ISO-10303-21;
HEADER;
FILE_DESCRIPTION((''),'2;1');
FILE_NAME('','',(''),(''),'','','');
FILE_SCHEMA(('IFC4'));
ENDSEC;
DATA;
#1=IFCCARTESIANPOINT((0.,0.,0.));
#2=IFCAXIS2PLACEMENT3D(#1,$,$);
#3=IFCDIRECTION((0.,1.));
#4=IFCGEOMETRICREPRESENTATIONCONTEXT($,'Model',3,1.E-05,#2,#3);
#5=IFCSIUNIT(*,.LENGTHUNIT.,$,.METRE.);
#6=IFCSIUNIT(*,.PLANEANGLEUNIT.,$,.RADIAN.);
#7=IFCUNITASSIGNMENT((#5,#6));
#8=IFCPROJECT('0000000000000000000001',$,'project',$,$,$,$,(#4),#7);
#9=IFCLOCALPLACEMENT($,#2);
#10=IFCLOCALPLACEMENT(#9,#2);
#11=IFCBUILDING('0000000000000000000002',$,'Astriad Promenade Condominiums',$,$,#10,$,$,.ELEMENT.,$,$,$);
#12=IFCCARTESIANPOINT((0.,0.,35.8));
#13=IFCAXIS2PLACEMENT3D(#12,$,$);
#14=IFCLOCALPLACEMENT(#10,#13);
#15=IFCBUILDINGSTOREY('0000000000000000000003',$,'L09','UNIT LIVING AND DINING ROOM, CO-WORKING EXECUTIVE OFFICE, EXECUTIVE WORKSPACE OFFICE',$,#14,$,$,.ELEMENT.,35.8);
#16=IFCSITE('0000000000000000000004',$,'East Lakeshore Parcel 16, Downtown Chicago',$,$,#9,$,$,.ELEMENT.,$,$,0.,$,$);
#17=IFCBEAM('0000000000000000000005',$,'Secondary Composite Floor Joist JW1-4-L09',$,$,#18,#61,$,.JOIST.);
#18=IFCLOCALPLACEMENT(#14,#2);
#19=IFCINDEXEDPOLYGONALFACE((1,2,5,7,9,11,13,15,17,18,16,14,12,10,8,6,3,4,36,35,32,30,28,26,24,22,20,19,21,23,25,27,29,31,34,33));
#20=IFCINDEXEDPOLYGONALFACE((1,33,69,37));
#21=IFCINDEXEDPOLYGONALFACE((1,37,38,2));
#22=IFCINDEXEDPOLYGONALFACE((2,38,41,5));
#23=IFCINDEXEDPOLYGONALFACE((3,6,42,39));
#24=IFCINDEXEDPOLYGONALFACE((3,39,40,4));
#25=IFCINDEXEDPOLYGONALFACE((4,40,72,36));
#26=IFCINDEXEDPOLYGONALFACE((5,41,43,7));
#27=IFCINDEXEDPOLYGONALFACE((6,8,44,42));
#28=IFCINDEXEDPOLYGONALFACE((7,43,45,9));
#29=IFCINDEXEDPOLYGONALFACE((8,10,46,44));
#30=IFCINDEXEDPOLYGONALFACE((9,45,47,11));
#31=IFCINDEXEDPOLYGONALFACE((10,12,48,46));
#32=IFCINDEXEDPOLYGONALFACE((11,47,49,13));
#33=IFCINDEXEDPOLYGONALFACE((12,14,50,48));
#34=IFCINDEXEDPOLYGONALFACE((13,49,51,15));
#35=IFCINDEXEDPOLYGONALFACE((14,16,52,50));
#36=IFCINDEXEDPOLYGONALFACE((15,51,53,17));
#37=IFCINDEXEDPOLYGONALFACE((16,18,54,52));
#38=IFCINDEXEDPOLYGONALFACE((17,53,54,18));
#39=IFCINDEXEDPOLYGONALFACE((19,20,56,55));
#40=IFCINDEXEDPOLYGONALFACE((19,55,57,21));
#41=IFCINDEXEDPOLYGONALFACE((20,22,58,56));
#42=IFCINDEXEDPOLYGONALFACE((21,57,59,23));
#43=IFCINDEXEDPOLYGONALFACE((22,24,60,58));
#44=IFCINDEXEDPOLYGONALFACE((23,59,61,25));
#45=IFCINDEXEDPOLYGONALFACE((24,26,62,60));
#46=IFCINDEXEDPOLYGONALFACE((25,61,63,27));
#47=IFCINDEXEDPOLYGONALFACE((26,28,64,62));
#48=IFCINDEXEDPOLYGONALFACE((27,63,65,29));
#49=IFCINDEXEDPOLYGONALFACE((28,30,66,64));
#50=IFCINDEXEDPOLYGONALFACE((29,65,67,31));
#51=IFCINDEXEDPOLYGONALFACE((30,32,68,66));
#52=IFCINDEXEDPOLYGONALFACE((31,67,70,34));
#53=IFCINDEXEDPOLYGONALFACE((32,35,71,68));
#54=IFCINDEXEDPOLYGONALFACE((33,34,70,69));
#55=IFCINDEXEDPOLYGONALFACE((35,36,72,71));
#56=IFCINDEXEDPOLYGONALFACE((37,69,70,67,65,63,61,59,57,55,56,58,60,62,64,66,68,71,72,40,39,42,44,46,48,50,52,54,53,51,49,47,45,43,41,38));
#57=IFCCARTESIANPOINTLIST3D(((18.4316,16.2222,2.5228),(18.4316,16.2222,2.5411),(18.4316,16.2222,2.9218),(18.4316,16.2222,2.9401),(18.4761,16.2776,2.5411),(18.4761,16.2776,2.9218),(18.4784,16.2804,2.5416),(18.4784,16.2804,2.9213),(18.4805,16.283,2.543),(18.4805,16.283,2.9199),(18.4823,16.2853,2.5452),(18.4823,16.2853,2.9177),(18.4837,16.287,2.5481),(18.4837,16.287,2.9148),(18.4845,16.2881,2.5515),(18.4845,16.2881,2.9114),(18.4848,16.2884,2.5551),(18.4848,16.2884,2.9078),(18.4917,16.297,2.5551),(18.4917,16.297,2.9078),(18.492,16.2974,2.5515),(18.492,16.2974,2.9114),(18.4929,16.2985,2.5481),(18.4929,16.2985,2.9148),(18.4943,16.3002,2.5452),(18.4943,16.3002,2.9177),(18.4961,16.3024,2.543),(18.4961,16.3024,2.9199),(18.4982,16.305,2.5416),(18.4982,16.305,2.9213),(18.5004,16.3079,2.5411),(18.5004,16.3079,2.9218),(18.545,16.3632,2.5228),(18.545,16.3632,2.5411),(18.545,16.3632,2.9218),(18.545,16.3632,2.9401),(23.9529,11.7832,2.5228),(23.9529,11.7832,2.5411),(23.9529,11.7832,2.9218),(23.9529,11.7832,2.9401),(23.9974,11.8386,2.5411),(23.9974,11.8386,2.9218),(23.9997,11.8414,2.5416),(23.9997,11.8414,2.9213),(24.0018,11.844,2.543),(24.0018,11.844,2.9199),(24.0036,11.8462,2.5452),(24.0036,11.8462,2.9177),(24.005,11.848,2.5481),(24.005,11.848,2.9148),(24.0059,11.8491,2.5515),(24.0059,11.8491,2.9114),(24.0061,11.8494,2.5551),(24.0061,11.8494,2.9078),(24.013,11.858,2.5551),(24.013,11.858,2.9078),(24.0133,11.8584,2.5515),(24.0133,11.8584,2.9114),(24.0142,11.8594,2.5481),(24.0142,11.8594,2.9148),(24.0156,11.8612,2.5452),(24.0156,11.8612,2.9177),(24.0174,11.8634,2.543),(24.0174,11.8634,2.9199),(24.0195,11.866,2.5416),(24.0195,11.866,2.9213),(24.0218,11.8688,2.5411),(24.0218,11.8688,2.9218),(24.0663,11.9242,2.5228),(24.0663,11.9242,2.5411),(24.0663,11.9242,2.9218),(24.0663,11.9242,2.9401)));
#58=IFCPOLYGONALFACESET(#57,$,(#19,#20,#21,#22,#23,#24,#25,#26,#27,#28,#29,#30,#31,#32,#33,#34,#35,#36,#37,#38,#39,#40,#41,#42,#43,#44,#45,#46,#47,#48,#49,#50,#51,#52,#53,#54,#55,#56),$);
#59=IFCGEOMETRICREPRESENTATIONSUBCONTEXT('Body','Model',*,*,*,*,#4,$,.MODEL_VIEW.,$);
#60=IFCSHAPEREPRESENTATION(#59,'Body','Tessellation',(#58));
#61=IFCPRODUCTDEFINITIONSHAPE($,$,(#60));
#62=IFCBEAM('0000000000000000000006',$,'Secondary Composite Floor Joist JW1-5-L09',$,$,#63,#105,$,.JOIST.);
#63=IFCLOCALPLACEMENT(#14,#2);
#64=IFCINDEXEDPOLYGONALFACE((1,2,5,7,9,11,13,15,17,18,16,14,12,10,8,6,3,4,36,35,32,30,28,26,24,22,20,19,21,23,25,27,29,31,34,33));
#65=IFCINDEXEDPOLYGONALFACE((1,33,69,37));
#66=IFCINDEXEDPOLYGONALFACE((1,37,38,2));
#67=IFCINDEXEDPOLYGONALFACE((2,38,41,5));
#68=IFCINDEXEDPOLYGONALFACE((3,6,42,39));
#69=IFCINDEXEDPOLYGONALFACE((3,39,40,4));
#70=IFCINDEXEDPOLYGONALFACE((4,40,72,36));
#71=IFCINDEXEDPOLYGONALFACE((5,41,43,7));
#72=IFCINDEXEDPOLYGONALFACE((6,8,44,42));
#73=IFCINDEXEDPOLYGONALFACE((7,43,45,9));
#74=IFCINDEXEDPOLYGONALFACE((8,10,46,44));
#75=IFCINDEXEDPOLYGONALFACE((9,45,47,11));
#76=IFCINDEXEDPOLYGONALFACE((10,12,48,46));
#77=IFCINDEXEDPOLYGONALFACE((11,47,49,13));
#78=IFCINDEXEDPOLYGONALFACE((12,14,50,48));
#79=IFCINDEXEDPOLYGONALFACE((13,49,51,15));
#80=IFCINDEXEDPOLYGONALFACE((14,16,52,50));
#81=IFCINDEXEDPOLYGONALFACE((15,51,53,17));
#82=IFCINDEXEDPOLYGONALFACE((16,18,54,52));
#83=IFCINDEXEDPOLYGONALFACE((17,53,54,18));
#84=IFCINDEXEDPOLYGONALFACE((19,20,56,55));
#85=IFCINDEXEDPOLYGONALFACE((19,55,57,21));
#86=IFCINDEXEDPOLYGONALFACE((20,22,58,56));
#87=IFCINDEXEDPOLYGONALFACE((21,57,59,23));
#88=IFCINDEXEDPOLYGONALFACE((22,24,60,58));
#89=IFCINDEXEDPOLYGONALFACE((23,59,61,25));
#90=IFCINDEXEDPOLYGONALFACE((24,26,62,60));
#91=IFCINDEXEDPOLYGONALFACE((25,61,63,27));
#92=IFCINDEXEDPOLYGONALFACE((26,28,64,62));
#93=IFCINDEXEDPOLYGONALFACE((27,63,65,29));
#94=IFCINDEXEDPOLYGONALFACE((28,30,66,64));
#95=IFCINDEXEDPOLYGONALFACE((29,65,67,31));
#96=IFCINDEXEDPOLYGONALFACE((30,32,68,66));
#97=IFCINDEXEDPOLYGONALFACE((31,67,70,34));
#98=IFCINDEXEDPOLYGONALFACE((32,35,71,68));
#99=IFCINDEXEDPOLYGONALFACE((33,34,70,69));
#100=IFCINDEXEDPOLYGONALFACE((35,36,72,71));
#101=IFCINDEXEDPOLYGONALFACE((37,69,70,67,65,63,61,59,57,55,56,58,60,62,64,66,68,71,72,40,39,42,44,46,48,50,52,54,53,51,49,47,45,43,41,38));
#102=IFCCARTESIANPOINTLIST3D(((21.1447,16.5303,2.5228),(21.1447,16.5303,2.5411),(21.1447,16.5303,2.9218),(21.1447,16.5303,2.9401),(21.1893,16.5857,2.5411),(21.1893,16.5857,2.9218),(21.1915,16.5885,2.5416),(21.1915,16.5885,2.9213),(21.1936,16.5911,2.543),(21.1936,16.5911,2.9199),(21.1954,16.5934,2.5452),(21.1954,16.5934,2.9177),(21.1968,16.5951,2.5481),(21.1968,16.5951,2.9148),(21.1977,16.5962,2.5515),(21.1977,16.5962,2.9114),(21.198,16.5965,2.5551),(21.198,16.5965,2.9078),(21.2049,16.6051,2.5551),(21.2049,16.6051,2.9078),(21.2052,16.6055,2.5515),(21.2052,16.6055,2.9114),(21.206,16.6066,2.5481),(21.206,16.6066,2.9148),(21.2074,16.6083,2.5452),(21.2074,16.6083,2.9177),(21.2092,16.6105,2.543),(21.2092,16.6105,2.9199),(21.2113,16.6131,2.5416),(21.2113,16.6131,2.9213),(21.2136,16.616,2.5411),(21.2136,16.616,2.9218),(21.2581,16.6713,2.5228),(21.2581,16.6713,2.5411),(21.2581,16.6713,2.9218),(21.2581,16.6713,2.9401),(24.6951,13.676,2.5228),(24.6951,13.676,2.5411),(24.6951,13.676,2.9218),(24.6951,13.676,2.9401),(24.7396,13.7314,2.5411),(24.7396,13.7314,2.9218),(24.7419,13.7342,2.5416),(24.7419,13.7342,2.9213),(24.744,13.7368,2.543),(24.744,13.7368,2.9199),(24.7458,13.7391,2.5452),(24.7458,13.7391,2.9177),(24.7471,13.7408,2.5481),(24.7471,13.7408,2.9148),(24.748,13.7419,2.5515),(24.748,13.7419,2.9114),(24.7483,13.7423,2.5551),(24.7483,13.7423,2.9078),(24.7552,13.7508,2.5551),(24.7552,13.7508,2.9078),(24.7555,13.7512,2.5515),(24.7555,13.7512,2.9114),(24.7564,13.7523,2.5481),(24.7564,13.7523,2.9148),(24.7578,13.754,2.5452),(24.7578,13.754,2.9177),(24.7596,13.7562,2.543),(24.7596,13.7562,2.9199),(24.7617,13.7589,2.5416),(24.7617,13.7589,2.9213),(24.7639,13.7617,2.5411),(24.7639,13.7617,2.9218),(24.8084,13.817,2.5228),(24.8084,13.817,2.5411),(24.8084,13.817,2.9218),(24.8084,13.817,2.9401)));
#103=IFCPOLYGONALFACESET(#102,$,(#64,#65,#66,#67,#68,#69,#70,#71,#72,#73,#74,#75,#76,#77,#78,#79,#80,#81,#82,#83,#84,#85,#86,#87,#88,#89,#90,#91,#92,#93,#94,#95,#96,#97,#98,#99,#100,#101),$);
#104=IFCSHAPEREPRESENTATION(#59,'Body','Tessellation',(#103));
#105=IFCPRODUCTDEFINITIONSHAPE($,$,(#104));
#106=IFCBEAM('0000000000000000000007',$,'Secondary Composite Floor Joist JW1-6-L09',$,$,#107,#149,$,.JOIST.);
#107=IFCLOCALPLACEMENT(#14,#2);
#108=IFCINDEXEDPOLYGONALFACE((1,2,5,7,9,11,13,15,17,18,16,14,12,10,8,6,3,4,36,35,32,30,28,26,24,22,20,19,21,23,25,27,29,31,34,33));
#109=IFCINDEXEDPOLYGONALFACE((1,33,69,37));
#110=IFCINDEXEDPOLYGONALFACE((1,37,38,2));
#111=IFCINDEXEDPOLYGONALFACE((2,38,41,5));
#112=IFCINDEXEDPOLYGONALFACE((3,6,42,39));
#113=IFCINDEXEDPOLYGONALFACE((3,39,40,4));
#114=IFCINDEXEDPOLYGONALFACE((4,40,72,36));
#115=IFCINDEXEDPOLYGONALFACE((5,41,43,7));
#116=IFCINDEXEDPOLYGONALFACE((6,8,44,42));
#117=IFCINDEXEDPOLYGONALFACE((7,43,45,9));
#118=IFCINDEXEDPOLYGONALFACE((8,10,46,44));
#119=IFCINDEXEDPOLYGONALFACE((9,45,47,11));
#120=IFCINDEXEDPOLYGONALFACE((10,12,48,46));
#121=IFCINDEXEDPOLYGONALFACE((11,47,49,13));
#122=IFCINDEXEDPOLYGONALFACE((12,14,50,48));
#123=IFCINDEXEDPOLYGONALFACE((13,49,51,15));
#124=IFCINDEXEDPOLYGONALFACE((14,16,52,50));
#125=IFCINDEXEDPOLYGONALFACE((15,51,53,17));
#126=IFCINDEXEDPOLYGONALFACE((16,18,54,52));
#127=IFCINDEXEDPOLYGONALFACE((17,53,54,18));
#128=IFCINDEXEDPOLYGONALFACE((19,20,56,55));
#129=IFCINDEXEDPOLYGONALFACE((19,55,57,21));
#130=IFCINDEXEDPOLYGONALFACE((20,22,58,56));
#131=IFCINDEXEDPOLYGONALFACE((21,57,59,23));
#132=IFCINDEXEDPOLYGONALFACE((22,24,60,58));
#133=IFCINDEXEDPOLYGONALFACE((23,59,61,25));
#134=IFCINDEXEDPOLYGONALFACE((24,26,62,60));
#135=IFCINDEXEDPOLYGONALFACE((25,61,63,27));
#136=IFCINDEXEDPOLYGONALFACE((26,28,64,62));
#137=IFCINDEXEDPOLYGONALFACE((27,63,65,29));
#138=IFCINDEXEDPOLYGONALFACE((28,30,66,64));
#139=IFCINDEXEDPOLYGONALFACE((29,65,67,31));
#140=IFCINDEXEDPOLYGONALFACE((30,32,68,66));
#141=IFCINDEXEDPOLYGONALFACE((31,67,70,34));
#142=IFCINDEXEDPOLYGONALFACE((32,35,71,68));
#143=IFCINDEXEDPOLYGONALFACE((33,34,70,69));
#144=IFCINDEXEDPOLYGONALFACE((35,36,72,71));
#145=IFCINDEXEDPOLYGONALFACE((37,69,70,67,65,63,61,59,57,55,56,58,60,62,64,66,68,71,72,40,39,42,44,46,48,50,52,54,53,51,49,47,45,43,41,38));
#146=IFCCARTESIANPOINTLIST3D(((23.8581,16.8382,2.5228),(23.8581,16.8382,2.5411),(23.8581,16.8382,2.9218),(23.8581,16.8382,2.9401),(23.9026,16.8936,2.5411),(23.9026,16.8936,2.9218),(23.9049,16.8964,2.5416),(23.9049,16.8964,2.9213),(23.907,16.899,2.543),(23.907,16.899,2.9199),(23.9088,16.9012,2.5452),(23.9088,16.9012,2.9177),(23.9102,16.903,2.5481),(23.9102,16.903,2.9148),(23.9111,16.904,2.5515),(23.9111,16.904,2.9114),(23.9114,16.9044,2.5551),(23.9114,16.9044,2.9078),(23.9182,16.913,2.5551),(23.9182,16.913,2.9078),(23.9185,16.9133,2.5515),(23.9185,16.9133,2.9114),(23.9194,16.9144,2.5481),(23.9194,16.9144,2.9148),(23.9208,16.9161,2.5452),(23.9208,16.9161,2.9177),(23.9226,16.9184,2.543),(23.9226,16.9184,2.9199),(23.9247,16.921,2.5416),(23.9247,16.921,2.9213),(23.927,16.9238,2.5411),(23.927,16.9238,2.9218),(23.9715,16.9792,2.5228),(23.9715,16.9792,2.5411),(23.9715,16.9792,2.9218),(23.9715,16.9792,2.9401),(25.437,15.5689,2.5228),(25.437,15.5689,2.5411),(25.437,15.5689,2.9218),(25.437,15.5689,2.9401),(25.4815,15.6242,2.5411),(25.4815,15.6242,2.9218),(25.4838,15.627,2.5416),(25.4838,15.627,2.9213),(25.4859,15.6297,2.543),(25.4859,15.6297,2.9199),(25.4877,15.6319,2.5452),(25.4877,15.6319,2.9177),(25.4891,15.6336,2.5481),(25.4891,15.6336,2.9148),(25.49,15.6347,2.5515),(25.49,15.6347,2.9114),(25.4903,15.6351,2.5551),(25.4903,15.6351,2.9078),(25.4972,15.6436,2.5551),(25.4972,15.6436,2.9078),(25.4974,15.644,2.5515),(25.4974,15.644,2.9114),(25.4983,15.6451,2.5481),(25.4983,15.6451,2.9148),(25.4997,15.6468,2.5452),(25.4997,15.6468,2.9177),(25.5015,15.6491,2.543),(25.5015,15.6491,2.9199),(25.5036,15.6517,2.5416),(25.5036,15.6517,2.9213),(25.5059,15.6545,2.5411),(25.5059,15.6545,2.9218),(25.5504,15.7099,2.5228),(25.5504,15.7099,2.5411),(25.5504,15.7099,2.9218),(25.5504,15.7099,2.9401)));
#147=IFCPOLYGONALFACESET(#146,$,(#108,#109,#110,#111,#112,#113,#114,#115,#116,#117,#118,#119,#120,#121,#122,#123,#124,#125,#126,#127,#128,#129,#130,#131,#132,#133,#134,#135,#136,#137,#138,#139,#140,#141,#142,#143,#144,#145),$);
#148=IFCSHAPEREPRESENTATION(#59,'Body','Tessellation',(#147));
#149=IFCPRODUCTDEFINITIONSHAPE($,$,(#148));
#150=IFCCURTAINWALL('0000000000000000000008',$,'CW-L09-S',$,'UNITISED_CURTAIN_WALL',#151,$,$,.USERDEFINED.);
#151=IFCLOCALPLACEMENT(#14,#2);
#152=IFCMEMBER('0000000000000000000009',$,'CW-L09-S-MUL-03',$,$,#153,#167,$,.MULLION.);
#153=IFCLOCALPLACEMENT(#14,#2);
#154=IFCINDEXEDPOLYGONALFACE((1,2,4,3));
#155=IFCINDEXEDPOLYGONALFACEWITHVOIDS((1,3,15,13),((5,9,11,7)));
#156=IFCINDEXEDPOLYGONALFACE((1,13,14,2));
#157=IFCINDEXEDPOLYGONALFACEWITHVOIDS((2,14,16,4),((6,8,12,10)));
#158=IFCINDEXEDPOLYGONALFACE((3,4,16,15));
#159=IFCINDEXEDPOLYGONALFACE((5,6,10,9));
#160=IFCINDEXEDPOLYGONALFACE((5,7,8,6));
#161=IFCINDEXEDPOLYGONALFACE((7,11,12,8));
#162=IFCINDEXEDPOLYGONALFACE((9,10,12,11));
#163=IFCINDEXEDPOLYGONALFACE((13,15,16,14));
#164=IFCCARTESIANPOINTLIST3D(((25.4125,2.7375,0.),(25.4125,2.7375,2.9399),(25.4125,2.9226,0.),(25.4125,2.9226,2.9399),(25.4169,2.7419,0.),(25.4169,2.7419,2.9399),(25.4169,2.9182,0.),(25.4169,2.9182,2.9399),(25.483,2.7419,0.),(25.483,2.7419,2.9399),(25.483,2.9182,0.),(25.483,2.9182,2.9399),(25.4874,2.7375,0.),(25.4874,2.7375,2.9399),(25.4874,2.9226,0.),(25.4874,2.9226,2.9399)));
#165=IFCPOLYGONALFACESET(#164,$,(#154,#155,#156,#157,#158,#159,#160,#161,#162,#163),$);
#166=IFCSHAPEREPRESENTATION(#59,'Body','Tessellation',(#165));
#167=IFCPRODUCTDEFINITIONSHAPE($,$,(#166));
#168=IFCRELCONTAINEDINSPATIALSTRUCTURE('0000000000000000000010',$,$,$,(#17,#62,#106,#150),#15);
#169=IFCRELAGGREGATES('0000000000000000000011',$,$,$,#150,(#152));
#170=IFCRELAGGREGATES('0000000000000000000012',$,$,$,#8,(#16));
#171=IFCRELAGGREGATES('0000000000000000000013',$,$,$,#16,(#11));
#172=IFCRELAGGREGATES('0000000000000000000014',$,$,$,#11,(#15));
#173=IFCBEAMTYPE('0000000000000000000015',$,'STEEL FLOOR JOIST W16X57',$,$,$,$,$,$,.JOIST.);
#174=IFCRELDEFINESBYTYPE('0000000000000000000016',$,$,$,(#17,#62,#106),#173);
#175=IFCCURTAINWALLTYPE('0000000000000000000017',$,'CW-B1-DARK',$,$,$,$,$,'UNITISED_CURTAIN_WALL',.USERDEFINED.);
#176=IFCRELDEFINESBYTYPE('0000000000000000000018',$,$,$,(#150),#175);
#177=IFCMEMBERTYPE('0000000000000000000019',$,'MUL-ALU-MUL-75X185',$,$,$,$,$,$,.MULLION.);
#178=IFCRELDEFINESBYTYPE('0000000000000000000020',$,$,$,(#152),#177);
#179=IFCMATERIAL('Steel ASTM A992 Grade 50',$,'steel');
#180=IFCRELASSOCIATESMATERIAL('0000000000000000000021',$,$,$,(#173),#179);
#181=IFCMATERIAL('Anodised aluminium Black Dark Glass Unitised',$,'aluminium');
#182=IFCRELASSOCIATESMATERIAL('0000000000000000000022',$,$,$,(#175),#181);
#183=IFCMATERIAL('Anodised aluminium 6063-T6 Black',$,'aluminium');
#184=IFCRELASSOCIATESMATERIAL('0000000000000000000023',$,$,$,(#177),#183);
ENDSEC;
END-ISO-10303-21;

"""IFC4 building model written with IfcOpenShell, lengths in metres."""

from ifc_helpers import new_model, si_unit, direction, frame, origin, origin_2d, place, context, subcontext, project, spatial, hollow_rectangle, i_section, extrude, source, transform, mapped, material, material_profile, profile_set, type_object, type_shapes, element, aggregate, save


model = new_model("IFC4")

# Units and contexts
model_context = context("Model", 3, precision=1e-05, world=origin(), true_north=direction((0.0, 1.0)))
body_context = subcontext(model_context, "Body", "Model", "MODEL_VIEW")
ifc_project = project(units=[si_unit("LENGTHUNIT", "METRE"), si_unit("PLANEANGLEUNIT", "RADIAN")], contexts=[model_context])

# Site, building, storey
site_placement = place(None, origin())
site = spatial("IfcSite", under=ifc_project, at=site_placement, Name="East Lakeshore Parcel 16, Downtown Chicago", CompositionType="ELEMENT", RefElevation=0.0)
building_placement = place(site_placement, origin())
building = spatial("IfcBuilding", under=site, at=building_placement, Name="Astriad Promenade Condominiums", CompositionType="ELEMENT")
storey_placement = place(building_placement, frame((0.0, 0.0, 35.8)))
storey = spatial("IfcBuildingStorey", under=building, at=storey_placement, Name="L09", Description="UNIT LIVING AND DINING ROOM, CO-WORKING EXECUTIVE OFFICE, EXECUTIVE WORKSPACE OFFICE", CompositionType="ELEMENT", Elevation=35.8)

# Beams
ifc_material_1 = material(Name="Steel ASTM A992 Grade 50", Category="steel")
ifc_material_profile_1 = material_profile(ifc_material_1, i_section(OverallWidth=0.1809, OverallDepth=0.4172, WebThickness=0.011, FlangeThickness=0.0183, FilletRadius=0.0139, at=origin_2d()), Name="W16X57")
ifc_profile_set_1 = profile_set([ifc_material_profile_1], Name="Steel ASTM A992 Grade 50")
beam_type_1 = type_object("IfcBeamType", Name="STEEL FLOOR JOIST W16X57", PredefinedType="JOIST", material=ifc_profile_set_1)
shared_shape_1 = source(origin(), body_context, "Body", "SweptSolid", [
    extrude(i_section(OverallWidth=0.1809, OverallDepth=0.4172, WebThickness=0.011, FlangeThickness=0.0183, FilletRadius=0.0139, at=origin_2d()), origin(), (0.0, 0.0, 1.0), 7.0845),
])
beam_1_placement = place(storey_placement, frame((18.4883, 16.2927, 2.7314), z_axis=(0.779354, -0.626584, 0.0), x_axis=(0.626584, 0.779354, 0.0)))
element("IfcBeam", 1, at=beam_1_placement, inside=storey, type_object=beam_type_1, Name="Secondary Composite Floor Joist JW1-4-L09", PredefinedType="JOIST", context=body_context, shape_type="MappedRepresentation", body=[
    mapped(shared_shape_1, transform((0.0, 0.0, 0.0), scale=1.0)),
])
shared_shape_2 = source(origin(), body_context, "Body", "SweptSolid", [
    extrude(i_section(OverallWidth=0.1809, OverallDepth=0.4172, WebThickness=0.011, FlangeThickness=0.0183, FilletRadius=0.0139, at=origin_2d()), origin(), (0.0, 0.0, 1.0), 4.5554),
])
beam_2_placement = place(storey_placement, frame((21.2014, 16.6008, 2.7314), z_axis=(0.779366, -0.626569, 0.0), x_axis=(0.626569, 0.779366, 0.0)))
element("IfcBeam", 2, at=beam_2_placement, inside=storey, type_object=beam_type_1, Name="Secondary Composite Floor Joist JW1-5-L09", PredefinedType="JOIST", context=body_context, shape_type="MappedRepresentation", body=[
    mapped(shared_shape_2, transform((0.0, 0.0, 0.0), scale=1.0)),
])
shared_shape_3 = source(origin(), body_context, "Body", "SweptSolid", [
    extrude(i_section(OverallWidth=0.1809, OverallDepth=0.4172, WebThickness=0.011, FlangeThickness=0.0183, FilletRadius=0.0139, at=origin_2d()), origin(), (0.0, 0.0, 1.0), 2.0259),
])
beam_3_placement = place(storey_placement, frame((23.9148, 16.9087, 2.7314), z_axis=(0.779373, -0.62656, 0.0), x_axis=(0.62656, 0.779373, 0.0)))
element("IfcBeam", 3, at=beam_3_placement, inside=storey, type_object=beam_type_1, Name="Secondary Composite Floor Joist JW1-6-L09", PredefinedType="JOIST", context=body_context, shape_type="MappedRepresentation", body=[
    mapped(shared_shape_3, transform((0.0, 0.0, 0.0), scale=1.0)),
])

# Curtain wall, member
ifc_material_2 = material(Name="Anodised aluminium Black Dark Glass Unitised", Category="aluminium")
curtain_wall_type = type_object("IfcCurtainWallType", Name="CW-B1-DARK", ElementType="UNITISED_CURTAIN_WALL", PredefinedType="USERDEFINED", material=ifc_material_2)
curtain_wall_placement = place(storey_placement, origin())
curtain_wall = element("IfcCurtainWall", 4, at=curtain_wall_placement, inside=storey, type_object=curtain_wall_type, Name="CW-L09-S", ObjectType="UNITISED_CURTAIN_WALL", PredefinedType="USERDEFINED")
ifc_material_3 = material(Name="Anodised aluminium 6063-T6 Black", Category="aluminium")
ifc_material_profile_2 = material_profile(ifc_material_3, hollow_rectangle(XDim=0.075, YDim=0.1851, WallThickness=0.0044, at=origin_2d()), Name="ALU-MUL-75X185")
ifc_profile_set_2 = profile_set([ifc_material_profile_2], Name="Anodised aluminium 6063-T6 Black")
member_type = type_object("IfcMemberType", Name="MUL-ALU-MUL-75X185", PredefinedType="MULLION", material=ifc_profile_set_2)
shared_shape_4 = source(origin(), body_context, "Body", "SweptSolid", [
    extrude(hollow_rectangle(XDim=0.075, YDim=0.1851, WallThickness=0.0044, at=origin_2d()), origin(), (0.0, 0.0, 1.0), 2.9399),
])
type_shapes(member_type, [shared_shape_4])
member_placement = place(storey_placement, frame((25.45, 2.8301, 0.0), z_axis=(0.0, 0.0, 1.0), x_axis=(1.0, 0.0, 0.0)))
member = element("IfcMember", 5, at=member_placement, type_object=member_type, Name="CW-L09-S-MUL-03", PredefinedType="MULLION", context=body_context, shape_type="MappedRepresentation", body=[
    mapped(shared_shape_4, transform((0.0, 0.0, 0.0), scale=1.0)),
])
aggregate(curtain_wall, [member])

save(model, "model.ifc")
